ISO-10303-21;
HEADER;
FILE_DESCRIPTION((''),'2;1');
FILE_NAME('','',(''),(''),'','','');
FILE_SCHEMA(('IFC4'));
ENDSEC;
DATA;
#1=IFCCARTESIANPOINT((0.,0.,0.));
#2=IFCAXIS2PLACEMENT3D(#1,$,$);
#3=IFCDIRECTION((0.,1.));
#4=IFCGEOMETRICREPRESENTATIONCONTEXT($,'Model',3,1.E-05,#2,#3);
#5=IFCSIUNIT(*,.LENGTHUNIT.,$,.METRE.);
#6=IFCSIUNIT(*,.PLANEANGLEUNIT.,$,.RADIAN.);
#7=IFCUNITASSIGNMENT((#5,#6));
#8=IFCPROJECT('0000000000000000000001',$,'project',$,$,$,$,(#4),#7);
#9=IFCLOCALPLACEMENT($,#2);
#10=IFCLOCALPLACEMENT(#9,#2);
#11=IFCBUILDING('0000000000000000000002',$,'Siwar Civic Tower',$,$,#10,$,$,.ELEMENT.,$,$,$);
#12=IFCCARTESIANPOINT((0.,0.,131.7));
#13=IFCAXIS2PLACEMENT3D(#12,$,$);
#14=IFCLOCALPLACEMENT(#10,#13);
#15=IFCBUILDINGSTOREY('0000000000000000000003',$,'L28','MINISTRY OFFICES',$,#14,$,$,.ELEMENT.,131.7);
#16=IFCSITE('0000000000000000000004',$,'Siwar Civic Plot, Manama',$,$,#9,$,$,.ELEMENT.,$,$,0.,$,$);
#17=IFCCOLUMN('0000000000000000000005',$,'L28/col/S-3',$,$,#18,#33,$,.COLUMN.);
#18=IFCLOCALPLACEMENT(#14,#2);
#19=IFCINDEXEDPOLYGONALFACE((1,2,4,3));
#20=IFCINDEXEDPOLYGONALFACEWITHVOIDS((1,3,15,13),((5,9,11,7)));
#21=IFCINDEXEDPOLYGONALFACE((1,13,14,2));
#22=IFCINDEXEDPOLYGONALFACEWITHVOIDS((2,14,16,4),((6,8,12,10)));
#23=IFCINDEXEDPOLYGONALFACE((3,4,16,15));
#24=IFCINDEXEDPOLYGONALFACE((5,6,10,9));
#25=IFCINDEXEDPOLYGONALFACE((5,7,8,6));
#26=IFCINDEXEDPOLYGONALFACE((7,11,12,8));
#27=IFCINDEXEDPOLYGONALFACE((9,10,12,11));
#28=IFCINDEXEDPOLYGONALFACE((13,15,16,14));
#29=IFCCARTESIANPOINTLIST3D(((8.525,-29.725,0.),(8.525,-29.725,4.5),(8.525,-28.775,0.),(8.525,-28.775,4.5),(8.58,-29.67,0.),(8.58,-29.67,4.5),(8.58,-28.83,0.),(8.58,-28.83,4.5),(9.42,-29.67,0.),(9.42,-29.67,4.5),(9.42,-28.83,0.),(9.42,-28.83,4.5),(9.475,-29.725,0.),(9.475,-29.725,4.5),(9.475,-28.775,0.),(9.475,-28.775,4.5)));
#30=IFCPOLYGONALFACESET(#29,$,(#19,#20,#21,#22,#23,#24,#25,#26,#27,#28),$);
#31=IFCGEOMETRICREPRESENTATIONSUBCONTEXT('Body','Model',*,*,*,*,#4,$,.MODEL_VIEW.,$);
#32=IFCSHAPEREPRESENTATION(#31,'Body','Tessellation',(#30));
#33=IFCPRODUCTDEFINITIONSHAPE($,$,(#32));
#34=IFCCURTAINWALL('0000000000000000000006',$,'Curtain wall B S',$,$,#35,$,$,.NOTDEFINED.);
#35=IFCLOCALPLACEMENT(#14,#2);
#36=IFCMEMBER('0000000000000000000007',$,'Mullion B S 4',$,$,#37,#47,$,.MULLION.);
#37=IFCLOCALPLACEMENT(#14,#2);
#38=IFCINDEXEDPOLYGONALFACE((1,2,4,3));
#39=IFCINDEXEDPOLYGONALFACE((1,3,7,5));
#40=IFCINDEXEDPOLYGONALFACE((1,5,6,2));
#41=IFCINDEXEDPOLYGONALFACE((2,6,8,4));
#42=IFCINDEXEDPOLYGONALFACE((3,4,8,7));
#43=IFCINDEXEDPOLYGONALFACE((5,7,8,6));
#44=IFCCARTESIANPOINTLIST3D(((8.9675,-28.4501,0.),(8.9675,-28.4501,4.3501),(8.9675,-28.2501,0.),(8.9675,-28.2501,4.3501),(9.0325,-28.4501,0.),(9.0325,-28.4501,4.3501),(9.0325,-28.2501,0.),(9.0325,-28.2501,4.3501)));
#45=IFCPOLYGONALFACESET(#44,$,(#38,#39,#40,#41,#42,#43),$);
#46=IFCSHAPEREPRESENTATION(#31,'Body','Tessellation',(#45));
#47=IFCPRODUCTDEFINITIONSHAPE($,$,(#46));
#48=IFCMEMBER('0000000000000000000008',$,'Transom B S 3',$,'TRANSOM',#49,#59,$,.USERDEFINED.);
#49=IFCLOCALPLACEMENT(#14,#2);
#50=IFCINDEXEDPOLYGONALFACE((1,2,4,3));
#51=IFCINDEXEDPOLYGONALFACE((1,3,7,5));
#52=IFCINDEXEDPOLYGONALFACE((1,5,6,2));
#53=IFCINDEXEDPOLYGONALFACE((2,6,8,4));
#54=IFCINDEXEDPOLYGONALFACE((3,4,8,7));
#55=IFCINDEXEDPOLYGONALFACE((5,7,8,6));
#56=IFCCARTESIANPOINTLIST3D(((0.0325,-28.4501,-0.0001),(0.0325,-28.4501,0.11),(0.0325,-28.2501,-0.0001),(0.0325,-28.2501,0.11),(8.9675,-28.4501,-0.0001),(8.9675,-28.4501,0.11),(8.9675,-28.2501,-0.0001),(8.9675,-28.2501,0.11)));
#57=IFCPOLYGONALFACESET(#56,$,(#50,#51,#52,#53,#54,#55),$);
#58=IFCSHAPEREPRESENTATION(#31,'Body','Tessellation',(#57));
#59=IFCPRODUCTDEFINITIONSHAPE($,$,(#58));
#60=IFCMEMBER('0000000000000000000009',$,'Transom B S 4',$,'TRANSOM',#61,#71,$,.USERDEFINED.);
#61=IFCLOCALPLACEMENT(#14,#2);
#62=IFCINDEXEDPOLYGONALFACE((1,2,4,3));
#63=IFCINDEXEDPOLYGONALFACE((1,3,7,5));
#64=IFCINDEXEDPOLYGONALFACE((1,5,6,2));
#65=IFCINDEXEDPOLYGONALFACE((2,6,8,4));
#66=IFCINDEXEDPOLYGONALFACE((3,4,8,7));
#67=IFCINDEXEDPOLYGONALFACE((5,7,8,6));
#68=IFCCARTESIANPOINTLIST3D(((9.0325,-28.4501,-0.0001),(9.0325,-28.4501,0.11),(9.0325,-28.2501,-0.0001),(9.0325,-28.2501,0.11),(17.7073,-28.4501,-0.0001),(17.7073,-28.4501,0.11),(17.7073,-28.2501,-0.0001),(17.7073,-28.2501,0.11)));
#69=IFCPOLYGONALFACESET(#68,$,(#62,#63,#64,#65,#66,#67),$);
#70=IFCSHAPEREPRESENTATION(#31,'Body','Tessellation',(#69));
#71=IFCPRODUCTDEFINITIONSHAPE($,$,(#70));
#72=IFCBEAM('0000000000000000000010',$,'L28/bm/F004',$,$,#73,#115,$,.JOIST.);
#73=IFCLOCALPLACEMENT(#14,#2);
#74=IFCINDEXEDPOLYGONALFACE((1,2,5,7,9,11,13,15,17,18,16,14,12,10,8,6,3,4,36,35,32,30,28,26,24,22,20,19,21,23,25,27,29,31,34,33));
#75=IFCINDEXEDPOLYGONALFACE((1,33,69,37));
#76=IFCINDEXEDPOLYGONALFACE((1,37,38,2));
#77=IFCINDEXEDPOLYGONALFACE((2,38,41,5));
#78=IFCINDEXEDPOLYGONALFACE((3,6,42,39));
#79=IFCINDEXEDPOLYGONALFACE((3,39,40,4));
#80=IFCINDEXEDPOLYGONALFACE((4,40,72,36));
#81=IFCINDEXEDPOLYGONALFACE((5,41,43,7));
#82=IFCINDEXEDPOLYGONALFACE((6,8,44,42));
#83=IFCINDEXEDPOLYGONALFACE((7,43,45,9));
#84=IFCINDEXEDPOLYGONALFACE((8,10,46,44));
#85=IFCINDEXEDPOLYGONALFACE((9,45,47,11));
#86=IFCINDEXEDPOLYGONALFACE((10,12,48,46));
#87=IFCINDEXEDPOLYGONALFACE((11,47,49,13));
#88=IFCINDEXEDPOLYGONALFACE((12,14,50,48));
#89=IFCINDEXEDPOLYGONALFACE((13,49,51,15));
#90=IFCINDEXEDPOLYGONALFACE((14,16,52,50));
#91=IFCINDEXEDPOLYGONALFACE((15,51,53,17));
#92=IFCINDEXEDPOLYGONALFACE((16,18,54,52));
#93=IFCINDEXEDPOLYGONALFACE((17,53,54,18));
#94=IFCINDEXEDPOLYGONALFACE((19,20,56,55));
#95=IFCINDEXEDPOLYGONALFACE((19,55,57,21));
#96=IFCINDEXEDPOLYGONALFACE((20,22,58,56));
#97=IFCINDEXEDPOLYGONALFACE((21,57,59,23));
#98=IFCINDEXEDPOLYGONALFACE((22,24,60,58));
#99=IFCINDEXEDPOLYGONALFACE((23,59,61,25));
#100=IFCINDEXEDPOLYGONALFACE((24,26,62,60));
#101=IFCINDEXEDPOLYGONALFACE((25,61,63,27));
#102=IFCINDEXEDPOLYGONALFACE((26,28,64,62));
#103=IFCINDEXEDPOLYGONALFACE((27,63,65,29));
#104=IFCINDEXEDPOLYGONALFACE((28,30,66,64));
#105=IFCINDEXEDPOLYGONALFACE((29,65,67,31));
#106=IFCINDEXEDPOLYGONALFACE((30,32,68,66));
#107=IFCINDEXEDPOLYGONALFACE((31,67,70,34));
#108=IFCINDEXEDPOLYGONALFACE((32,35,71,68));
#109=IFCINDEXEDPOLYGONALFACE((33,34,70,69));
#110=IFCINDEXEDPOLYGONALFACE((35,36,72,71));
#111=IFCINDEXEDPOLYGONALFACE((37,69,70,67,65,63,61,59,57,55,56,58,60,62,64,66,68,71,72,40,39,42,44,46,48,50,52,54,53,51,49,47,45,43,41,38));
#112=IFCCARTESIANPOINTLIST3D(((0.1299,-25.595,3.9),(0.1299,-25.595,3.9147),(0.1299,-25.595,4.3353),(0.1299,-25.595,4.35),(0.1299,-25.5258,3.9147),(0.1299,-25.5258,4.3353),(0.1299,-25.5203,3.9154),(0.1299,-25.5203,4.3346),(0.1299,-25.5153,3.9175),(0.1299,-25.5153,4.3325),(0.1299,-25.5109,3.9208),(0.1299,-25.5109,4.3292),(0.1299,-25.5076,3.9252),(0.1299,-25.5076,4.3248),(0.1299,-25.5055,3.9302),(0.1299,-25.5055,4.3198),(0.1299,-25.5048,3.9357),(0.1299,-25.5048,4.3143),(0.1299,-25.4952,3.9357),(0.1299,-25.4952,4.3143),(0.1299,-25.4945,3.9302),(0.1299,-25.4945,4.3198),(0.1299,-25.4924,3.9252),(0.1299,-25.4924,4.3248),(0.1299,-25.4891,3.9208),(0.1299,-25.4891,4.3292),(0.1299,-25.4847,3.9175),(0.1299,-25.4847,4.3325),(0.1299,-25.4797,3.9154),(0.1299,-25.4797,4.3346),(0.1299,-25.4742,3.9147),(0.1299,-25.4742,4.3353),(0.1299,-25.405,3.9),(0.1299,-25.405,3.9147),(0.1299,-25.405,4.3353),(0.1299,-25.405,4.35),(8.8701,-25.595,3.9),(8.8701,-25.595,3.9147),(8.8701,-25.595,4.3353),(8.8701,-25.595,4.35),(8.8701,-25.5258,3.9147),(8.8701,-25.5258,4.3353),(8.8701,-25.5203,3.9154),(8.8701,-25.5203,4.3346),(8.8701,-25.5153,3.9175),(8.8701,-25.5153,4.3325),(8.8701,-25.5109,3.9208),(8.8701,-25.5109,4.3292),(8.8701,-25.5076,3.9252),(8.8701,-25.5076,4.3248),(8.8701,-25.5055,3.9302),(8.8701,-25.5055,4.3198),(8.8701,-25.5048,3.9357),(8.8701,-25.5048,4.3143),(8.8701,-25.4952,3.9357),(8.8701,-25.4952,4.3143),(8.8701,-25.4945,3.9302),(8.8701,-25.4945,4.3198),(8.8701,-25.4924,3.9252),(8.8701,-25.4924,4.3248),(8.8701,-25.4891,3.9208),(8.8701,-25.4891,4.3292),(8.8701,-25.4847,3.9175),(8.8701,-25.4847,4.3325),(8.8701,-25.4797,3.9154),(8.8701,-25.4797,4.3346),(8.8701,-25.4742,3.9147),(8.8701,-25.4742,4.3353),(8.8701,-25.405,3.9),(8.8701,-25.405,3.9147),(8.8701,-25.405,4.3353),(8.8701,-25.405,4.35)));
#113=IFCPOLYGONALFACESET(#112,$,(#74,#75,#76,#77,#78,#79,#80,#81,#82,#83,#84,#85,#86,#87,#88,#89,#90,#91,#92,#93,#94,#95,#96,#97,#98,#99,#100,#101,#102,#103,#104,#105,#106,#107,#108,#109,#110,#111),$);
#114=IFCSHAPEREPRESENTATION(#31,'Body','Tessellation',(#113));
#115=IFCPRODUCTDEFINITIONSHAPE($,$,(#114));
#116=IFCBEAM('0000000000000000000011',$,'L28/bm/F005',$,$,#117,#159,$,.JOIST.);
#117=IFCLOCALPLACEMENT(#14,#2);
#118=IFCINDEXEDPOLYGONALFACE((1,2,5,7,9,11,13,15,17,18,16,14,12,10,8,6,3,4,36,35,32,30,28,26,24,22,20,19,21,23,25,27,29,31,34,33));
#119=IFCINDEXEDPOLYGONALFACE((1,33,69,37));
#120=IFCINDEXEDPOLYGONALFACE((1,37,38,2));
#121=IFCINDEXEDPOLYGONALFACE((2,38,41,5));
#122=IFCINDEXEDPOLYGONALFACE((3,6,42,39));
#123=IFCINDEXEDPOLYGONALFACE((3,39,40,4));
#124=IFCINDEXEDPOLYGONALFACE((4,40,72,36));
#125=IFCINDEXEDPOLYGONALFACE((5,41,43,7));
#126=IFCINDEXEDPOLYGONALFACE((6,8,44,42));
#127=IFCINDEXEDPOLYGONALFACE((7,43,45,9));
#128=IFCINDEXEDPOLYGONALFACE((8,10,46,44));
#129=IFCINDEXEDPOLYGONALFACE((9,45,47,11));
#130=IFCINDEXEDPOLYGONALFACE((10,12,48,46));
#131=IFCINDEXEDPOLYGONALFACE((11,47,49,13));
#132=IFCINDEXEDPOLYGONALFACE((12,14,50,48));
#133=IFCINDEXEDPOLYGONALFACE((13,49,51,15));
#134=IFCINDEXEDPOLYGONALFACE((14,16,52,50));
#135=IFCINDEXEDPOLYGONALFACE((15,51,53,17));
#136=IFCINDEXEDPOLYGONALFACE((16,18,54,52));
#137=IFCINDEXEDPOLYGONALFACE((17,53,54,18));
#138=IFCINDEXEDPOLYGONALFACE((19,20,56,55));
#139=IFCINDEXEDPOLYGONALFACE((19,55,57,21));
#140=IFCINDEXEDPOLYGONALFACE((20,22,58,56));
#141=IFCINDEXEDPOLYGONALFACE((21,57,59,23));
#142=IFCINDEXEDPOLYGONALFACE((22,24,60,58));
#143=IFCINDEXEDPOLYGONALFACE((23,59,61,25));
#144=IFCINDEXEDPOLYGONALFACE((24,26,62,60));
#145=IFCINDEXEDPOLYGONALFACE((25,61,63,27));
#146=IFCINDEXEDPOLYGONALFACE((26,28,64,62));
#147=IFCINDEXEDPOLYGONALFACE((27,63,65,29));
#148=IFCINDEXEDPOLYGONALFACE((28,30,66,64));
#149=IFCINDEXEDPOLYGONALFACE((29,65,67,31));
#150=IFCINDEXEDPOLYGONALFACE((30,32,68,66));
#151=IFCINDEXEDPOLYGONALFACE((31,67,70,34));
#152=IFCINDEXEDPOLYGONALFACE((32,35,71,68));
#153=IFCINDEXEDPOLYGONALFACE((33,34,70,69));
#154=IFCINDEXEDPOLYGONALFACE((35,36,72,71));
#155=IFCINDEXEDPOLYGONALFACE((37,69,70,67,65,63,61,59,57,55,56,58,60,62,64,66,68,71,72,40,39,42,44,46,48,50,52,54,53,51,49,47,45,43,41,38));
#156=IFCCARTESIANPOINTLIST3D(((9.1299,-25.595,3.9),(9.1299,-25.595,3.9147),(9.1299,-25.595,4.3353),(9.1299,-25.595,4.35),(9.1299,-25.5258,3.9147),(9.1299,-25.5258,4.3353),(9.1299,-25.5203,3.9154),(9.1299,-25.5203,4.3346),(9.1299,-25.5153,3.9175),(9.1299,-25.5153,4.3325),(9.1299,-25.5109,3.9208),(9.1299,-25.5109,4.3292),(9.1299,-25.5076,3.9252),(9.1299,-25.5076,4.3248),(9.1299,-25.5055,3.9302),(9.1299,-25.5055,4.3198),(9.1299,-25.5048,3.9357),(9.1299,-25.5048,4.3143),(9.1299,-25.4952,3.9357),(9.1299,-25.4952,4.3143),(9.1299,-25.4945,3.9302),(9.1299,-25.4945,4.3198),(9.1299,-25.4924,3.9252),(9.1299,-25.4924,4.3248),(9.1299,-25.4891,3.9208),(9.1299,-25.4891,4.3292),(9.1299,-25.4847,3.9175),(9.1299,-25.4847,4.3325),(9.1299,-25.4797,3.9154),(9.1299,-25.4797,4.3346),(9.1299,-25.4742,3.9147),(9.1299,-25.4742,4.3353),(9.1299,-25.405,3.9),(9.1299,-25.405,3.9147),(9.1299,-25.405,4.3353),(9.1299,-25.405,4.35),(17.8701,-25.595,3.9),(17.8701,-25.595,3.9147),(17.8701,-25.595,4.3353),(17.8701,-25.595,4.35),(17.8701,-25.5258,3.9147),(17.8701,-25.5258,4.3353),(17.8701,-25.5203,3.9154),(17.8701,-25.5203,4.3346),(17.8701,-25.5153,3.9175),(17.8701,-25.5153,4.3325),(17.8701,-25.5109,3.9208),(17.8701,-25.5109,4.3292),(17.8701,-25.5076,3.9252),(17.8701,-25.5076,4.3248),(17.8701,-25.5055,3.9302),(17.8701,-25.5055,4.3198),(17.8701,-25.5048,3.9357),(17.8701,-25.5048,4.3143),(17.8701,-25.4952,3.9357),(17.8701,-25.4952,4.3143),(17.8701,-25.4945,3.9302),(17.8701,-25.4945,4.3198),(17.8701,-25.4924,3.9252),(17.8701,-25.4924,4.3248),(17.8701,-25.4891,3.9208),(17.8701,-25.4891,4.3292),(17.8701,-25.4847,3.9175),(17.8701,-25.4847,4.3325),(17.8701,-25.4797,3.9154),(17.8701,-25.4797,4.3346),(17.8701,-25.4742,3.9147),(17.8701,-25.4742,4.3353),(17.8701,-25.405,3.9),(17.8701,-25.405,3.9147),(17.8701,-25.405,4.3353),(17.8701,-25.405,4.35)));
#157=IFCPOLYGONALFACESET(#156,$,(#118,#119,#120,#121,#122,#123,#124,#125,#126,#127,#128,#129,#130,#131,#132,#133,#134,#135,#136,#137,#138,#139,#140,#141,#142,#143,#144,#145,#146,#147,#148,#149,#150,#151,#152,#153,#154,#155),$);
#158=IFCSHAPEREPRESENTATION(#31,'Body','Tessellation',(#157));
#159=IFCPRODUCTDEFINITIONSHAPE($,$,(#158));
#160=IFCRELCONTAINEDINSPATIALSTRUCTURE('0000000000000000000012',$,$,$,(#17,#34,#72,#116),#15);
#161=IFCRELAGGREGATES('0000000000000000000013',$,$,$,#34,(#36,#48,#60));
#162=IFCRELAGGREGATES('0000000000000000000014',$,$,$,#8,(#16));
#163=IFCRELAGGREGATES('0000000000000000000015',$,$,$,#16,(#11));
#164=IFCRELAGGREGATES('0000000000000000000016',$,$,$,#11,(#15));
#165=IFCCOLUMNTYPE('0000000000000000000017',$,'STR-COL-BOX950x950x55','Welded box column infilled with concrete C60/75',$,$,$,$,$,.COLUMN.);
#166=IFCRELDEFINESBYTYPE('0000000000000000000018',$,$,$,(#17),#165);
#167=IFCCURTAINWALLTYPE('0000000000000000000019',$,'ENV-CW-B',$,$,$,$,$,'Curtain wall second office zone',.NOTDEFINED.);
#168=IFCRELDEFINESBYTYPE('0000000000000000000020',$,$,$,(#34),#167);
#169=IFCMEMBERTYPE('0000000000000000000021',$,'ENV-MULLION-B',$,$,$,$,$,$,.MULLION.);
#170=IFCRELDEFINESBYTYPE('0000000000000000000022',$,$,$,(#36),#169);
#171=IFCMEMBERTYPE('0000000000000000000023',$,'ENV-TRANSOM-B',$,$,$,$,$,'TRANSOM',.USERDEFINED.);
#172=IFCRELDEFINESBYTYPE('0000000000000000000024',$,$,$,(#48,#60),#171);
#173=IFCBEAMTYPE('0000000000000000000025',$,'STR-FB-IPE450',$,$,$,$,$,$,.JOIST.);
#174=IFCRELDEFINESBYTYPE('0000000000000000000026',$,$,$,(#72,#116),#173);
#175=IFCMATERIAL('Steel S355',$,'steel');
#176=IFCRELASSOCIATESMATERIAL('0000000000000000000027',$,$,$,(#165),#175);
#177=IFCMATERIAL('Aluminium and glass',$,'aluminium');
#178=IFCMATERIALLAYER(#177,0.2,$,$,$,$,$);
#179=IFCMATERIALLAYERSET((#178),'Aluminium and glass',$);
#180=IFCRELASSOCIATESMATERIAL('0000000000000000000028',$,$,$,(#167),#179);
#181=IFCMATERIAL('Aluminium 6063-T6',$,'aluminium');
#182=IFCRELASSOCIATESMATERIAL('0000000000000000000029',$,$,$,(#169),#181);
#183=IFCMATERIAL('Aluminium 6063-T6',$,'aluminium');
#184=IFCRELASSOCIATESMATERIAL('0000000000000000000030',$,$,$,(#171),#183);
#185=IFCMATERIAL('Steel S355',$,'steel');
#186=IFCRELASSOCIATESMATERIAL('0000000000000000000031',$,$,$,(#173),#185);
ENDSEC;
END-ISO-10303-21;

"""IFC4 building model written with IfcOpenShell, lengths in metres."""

from ifc_helpers import new_model, si_unit, direction, frame, origin, origin_2d, place, context, subcontext, project, spatial, rectangle, hollow_rectangle, i_section, extrude, material, layer, layer_set, material_profile, profile_set, type_object, element, aggregate, save


model = new_model("IFC4")

# Units and contexts
model_context = context("Model", 3, precision=1e-05, world=origin(), true_north=direction((0.0, 1.0)))
body_context = subcontext(model_context, "Body", "Model", "MODEL_VIEW")
ifc_project = project(units=[si_unit("LENGTHUNIT", "METRE"), si_unit("PLANEANGLEUNIT", "RADIAN")], contexts=[model_context])

# Site, building, storey
site_placement = place(None, origin())
site = spatial("IfcSite", under=ifc_project, at=site_placement, Name="Siwar Civic Plot, Manama", CompositionType="ELEMENT", RefElevation=0.0)
building_placement = place(site_placement, origin())
building = spatial("IfcBuilding", under=site, at=building_placement, Name="Siwar Civic Tower", CompositionType="ELEMENT")
storey_placement = place(building_placement, frame((0.0, 0.0, 131.7)))
storey = spatial("IfcBuildingStorey", under=building, at=storey_placement, Name="L28", Description="MINISTRY OFFICES", CompositionType="ELEMENT", Elevation=131.7)

# Column
ifc_material_1 = material(Name="Steel S355", Category="steel")
ifc_material_profile_1 = material_profile(ifc_material_1, hollow_rectangle(XDim=0.95, YDim=0.95, WallThickness=0.0549, at=origin_2d()), Name="BOX950x950x55")
ifc_profile_set_1 = profile_set([ifc_material_profile_1], Name="Steel S355")
column_type = type_object("IfcColumnType", Name="STR-COL-BOX950x950x55", Description="Welded box column infilled with concrete C60/75", PredefinedType="COLUMN", material=ifc_profile_set_1)
column_placement = place(storey_placement, frame((9.0, -29.25, 0.0), z_axis=(0.0, 0.0, 1.0), x_axis=(1.0, 0.0, 0.0)))
element("IfcColumn", 1, at=column_placement, inside=storey, type_object=column_type, Name="L28/col/S-3", PredefinedType="COLUMN", context=body_context, shape_type="SweptSolid", body=[
    extrude(hollow_rectangle(XDim=0.95, YDim=0.95, WallThickness=0.0549, at=origin_2d()), origin(), (0.0, 0.0, 1.0), 4.5),
])

# Curtain wall, members
ifc_material_2 = material(Name="Aluminium and glass", Category="aluminium")
ifc_layer_1 = layer(ifc_material_2, 0.2)
ifc_layer_set_1 = layer_set([ifc_layer_1], Name="Aluminium and glass")
curtain_wall_type = type_object("IfcCurtainWallType", Name="ENV-CW-B", ElementType="Curtain wall second office zone", PredefinedType="NOTDEFINED", material=ifc_layer_set_1)
curtain_wall_placement = place(storey_placement, origin())
curtain_wall = element("IfcCurtainWall", 2, at=curtain_wall_placement, inside=storey, type_object=curtain_wall_type, Name="Curtain wall B S", PredefinedType="NOTDEFINED")
ifc_material_3 = material(Name="Aluminium 6063-T6", Category="aluminium")
ifc_material_profile_2 = material_profile(ifc_material_3, rectangle(XDim=0.2, YDim=0.0649, at=origin_2d()), Name="AL 200x65")
ifc_profile_set_2 = profile_set([ifc_material_profile_2], Name="Aluminium 6063-T6")
member_type_1 = type_object("IfcMemberType", Name="ENV-MULLION-B", PredefinedType="MULLION", material=ifc_profile_set_2)
member_1_placement = place(storey_placement, frame((9.0, -28.3501, 0.0), z_axis=(0.0, 0.0, 1.0), x_axis=(0.0, 1.0, 0.0)))
member_1 = element("IfcMember", 3, at=member_1_placement, type_object=member_type_1, Name="Mullion B S 4", PredefinedType="MULLION", context=body_context, shape_type="SweptSolid", body=[
    extrude(rectangle(XDim=0.2, YDim=0.0649, at=origin_2d()), origin(), (0.0, 0.0, 1.0), 4.3501),
])
ifc_material_4 = material(Name="Aluminium 6063-T6", Category="aluminium")
ifc_material_profile_3 = material_profile(ifc_material_4, rectangle(XDim=0.2, YDim=0.1101, at=origin_2d()), Name="AL 200x110")
ifc_profile_set_3 = profile_set([ifc_material_profile_3], Name="Aluminium 6063-T6")
member_type_2 = type_object("IfcMemberType", Name="ENV-TRANSOM-B", ElementType="TRANSOM", PredefinedType="USERDEFINED", material=ifc_profile_set_3)
member_2_placement = place(storey_placement, frame((0.0325, -28.3501, 0.0549), z_axis=(1.0, 0.0, 0.0), x_axis=(0.0, 1.0, 0.0)))
member_2 = element("IfcMember", 4, at=member_2_placement, type_object=member_type_2, Name="Transom B S 3", ObjectType="TRANSOM", PredefinedType="USERDEFINED", context=body_context, shape_type="SweptSolid", body=[
    extrude(rectangle(XDim=0.2, YDim=0.1101, at=origin_2d()), origin(), (0.0, 0.0, 1.0), 8.9351),
])
member_3_placement = place(storey_placement, frame((9.0325, -28.3501, 0.0549), z_axis=(1.0, 0.0, 0.0), x_axis=(0.0, 1.0, 0.0)))
member_3 = element("IfcMember", 5, at=member_3_placement, type_object=member_type_2, Name="Transom B S 4", ObjectType="TRANSOM", PredefinedType="USERDEFINED", context=body_context, shape_type="SweptSolid", body=[
    extrude(rectangle(XDim=0.2, YDim=0.1101, at=origin_2d()), origin(), (0.0, 0.0, 1.0), 8.6748),
])

# Beams
ifc_material_5 = material(Name="Steel S355", Category="steel")
ifc_material_profile_4 = material_profile(ifc_material_5, i_section(OverallWidth=0.1899, OverallDepth=0.45, WebThickness=0.0095, FlangeThickness=0.0146, FilletRadius=0.021, at=origin_2d()), Name="IPE450")
ifc_profile_set_4 = profile_set([ifc_material_profile_4], Name="Steel S355")
beam_type_1 = type_object("IfcBeamType", Name="STR-FB-IPE450", PredefinedType="JOIST", material=ifc_profile_set_4)
for number, where, z_axis, x_axis, name in (
    (6, (0.1299, -25.5, 4.125), (1.0, 0.0, 0.0), (0.0, 1.0, 0.0), "L28/bm/F004"),
    (7, (9.1299, -25.5, 4.125), (1.0, 0.0, 0.0), (0.0, 1.0, 0.0), "L28/bm/F005"),
):
    element("IfcBeam", number, at=place(storey_placement, frame(where, z_axis=z_axis, x_axis=x_axis)), inside=storey, type_object=beam_type_1, Name=name, PredefinedType="JOIST", context=body_context, shape_type="SweptSolid", body=[
        extrude(i_section(OverallWidth=0.1899, OverallDepth=0.45, WebThickness=0.0095, FlangeThickness=0.0146, FilletRadius=0.021, at=origin_2d()), origin(), (0.0, 0.0, 1.0), 8.7402),
    ])

aggregate(curtain_wall, [member_1, member_2, member_3])

save(model, "model.ifc")
